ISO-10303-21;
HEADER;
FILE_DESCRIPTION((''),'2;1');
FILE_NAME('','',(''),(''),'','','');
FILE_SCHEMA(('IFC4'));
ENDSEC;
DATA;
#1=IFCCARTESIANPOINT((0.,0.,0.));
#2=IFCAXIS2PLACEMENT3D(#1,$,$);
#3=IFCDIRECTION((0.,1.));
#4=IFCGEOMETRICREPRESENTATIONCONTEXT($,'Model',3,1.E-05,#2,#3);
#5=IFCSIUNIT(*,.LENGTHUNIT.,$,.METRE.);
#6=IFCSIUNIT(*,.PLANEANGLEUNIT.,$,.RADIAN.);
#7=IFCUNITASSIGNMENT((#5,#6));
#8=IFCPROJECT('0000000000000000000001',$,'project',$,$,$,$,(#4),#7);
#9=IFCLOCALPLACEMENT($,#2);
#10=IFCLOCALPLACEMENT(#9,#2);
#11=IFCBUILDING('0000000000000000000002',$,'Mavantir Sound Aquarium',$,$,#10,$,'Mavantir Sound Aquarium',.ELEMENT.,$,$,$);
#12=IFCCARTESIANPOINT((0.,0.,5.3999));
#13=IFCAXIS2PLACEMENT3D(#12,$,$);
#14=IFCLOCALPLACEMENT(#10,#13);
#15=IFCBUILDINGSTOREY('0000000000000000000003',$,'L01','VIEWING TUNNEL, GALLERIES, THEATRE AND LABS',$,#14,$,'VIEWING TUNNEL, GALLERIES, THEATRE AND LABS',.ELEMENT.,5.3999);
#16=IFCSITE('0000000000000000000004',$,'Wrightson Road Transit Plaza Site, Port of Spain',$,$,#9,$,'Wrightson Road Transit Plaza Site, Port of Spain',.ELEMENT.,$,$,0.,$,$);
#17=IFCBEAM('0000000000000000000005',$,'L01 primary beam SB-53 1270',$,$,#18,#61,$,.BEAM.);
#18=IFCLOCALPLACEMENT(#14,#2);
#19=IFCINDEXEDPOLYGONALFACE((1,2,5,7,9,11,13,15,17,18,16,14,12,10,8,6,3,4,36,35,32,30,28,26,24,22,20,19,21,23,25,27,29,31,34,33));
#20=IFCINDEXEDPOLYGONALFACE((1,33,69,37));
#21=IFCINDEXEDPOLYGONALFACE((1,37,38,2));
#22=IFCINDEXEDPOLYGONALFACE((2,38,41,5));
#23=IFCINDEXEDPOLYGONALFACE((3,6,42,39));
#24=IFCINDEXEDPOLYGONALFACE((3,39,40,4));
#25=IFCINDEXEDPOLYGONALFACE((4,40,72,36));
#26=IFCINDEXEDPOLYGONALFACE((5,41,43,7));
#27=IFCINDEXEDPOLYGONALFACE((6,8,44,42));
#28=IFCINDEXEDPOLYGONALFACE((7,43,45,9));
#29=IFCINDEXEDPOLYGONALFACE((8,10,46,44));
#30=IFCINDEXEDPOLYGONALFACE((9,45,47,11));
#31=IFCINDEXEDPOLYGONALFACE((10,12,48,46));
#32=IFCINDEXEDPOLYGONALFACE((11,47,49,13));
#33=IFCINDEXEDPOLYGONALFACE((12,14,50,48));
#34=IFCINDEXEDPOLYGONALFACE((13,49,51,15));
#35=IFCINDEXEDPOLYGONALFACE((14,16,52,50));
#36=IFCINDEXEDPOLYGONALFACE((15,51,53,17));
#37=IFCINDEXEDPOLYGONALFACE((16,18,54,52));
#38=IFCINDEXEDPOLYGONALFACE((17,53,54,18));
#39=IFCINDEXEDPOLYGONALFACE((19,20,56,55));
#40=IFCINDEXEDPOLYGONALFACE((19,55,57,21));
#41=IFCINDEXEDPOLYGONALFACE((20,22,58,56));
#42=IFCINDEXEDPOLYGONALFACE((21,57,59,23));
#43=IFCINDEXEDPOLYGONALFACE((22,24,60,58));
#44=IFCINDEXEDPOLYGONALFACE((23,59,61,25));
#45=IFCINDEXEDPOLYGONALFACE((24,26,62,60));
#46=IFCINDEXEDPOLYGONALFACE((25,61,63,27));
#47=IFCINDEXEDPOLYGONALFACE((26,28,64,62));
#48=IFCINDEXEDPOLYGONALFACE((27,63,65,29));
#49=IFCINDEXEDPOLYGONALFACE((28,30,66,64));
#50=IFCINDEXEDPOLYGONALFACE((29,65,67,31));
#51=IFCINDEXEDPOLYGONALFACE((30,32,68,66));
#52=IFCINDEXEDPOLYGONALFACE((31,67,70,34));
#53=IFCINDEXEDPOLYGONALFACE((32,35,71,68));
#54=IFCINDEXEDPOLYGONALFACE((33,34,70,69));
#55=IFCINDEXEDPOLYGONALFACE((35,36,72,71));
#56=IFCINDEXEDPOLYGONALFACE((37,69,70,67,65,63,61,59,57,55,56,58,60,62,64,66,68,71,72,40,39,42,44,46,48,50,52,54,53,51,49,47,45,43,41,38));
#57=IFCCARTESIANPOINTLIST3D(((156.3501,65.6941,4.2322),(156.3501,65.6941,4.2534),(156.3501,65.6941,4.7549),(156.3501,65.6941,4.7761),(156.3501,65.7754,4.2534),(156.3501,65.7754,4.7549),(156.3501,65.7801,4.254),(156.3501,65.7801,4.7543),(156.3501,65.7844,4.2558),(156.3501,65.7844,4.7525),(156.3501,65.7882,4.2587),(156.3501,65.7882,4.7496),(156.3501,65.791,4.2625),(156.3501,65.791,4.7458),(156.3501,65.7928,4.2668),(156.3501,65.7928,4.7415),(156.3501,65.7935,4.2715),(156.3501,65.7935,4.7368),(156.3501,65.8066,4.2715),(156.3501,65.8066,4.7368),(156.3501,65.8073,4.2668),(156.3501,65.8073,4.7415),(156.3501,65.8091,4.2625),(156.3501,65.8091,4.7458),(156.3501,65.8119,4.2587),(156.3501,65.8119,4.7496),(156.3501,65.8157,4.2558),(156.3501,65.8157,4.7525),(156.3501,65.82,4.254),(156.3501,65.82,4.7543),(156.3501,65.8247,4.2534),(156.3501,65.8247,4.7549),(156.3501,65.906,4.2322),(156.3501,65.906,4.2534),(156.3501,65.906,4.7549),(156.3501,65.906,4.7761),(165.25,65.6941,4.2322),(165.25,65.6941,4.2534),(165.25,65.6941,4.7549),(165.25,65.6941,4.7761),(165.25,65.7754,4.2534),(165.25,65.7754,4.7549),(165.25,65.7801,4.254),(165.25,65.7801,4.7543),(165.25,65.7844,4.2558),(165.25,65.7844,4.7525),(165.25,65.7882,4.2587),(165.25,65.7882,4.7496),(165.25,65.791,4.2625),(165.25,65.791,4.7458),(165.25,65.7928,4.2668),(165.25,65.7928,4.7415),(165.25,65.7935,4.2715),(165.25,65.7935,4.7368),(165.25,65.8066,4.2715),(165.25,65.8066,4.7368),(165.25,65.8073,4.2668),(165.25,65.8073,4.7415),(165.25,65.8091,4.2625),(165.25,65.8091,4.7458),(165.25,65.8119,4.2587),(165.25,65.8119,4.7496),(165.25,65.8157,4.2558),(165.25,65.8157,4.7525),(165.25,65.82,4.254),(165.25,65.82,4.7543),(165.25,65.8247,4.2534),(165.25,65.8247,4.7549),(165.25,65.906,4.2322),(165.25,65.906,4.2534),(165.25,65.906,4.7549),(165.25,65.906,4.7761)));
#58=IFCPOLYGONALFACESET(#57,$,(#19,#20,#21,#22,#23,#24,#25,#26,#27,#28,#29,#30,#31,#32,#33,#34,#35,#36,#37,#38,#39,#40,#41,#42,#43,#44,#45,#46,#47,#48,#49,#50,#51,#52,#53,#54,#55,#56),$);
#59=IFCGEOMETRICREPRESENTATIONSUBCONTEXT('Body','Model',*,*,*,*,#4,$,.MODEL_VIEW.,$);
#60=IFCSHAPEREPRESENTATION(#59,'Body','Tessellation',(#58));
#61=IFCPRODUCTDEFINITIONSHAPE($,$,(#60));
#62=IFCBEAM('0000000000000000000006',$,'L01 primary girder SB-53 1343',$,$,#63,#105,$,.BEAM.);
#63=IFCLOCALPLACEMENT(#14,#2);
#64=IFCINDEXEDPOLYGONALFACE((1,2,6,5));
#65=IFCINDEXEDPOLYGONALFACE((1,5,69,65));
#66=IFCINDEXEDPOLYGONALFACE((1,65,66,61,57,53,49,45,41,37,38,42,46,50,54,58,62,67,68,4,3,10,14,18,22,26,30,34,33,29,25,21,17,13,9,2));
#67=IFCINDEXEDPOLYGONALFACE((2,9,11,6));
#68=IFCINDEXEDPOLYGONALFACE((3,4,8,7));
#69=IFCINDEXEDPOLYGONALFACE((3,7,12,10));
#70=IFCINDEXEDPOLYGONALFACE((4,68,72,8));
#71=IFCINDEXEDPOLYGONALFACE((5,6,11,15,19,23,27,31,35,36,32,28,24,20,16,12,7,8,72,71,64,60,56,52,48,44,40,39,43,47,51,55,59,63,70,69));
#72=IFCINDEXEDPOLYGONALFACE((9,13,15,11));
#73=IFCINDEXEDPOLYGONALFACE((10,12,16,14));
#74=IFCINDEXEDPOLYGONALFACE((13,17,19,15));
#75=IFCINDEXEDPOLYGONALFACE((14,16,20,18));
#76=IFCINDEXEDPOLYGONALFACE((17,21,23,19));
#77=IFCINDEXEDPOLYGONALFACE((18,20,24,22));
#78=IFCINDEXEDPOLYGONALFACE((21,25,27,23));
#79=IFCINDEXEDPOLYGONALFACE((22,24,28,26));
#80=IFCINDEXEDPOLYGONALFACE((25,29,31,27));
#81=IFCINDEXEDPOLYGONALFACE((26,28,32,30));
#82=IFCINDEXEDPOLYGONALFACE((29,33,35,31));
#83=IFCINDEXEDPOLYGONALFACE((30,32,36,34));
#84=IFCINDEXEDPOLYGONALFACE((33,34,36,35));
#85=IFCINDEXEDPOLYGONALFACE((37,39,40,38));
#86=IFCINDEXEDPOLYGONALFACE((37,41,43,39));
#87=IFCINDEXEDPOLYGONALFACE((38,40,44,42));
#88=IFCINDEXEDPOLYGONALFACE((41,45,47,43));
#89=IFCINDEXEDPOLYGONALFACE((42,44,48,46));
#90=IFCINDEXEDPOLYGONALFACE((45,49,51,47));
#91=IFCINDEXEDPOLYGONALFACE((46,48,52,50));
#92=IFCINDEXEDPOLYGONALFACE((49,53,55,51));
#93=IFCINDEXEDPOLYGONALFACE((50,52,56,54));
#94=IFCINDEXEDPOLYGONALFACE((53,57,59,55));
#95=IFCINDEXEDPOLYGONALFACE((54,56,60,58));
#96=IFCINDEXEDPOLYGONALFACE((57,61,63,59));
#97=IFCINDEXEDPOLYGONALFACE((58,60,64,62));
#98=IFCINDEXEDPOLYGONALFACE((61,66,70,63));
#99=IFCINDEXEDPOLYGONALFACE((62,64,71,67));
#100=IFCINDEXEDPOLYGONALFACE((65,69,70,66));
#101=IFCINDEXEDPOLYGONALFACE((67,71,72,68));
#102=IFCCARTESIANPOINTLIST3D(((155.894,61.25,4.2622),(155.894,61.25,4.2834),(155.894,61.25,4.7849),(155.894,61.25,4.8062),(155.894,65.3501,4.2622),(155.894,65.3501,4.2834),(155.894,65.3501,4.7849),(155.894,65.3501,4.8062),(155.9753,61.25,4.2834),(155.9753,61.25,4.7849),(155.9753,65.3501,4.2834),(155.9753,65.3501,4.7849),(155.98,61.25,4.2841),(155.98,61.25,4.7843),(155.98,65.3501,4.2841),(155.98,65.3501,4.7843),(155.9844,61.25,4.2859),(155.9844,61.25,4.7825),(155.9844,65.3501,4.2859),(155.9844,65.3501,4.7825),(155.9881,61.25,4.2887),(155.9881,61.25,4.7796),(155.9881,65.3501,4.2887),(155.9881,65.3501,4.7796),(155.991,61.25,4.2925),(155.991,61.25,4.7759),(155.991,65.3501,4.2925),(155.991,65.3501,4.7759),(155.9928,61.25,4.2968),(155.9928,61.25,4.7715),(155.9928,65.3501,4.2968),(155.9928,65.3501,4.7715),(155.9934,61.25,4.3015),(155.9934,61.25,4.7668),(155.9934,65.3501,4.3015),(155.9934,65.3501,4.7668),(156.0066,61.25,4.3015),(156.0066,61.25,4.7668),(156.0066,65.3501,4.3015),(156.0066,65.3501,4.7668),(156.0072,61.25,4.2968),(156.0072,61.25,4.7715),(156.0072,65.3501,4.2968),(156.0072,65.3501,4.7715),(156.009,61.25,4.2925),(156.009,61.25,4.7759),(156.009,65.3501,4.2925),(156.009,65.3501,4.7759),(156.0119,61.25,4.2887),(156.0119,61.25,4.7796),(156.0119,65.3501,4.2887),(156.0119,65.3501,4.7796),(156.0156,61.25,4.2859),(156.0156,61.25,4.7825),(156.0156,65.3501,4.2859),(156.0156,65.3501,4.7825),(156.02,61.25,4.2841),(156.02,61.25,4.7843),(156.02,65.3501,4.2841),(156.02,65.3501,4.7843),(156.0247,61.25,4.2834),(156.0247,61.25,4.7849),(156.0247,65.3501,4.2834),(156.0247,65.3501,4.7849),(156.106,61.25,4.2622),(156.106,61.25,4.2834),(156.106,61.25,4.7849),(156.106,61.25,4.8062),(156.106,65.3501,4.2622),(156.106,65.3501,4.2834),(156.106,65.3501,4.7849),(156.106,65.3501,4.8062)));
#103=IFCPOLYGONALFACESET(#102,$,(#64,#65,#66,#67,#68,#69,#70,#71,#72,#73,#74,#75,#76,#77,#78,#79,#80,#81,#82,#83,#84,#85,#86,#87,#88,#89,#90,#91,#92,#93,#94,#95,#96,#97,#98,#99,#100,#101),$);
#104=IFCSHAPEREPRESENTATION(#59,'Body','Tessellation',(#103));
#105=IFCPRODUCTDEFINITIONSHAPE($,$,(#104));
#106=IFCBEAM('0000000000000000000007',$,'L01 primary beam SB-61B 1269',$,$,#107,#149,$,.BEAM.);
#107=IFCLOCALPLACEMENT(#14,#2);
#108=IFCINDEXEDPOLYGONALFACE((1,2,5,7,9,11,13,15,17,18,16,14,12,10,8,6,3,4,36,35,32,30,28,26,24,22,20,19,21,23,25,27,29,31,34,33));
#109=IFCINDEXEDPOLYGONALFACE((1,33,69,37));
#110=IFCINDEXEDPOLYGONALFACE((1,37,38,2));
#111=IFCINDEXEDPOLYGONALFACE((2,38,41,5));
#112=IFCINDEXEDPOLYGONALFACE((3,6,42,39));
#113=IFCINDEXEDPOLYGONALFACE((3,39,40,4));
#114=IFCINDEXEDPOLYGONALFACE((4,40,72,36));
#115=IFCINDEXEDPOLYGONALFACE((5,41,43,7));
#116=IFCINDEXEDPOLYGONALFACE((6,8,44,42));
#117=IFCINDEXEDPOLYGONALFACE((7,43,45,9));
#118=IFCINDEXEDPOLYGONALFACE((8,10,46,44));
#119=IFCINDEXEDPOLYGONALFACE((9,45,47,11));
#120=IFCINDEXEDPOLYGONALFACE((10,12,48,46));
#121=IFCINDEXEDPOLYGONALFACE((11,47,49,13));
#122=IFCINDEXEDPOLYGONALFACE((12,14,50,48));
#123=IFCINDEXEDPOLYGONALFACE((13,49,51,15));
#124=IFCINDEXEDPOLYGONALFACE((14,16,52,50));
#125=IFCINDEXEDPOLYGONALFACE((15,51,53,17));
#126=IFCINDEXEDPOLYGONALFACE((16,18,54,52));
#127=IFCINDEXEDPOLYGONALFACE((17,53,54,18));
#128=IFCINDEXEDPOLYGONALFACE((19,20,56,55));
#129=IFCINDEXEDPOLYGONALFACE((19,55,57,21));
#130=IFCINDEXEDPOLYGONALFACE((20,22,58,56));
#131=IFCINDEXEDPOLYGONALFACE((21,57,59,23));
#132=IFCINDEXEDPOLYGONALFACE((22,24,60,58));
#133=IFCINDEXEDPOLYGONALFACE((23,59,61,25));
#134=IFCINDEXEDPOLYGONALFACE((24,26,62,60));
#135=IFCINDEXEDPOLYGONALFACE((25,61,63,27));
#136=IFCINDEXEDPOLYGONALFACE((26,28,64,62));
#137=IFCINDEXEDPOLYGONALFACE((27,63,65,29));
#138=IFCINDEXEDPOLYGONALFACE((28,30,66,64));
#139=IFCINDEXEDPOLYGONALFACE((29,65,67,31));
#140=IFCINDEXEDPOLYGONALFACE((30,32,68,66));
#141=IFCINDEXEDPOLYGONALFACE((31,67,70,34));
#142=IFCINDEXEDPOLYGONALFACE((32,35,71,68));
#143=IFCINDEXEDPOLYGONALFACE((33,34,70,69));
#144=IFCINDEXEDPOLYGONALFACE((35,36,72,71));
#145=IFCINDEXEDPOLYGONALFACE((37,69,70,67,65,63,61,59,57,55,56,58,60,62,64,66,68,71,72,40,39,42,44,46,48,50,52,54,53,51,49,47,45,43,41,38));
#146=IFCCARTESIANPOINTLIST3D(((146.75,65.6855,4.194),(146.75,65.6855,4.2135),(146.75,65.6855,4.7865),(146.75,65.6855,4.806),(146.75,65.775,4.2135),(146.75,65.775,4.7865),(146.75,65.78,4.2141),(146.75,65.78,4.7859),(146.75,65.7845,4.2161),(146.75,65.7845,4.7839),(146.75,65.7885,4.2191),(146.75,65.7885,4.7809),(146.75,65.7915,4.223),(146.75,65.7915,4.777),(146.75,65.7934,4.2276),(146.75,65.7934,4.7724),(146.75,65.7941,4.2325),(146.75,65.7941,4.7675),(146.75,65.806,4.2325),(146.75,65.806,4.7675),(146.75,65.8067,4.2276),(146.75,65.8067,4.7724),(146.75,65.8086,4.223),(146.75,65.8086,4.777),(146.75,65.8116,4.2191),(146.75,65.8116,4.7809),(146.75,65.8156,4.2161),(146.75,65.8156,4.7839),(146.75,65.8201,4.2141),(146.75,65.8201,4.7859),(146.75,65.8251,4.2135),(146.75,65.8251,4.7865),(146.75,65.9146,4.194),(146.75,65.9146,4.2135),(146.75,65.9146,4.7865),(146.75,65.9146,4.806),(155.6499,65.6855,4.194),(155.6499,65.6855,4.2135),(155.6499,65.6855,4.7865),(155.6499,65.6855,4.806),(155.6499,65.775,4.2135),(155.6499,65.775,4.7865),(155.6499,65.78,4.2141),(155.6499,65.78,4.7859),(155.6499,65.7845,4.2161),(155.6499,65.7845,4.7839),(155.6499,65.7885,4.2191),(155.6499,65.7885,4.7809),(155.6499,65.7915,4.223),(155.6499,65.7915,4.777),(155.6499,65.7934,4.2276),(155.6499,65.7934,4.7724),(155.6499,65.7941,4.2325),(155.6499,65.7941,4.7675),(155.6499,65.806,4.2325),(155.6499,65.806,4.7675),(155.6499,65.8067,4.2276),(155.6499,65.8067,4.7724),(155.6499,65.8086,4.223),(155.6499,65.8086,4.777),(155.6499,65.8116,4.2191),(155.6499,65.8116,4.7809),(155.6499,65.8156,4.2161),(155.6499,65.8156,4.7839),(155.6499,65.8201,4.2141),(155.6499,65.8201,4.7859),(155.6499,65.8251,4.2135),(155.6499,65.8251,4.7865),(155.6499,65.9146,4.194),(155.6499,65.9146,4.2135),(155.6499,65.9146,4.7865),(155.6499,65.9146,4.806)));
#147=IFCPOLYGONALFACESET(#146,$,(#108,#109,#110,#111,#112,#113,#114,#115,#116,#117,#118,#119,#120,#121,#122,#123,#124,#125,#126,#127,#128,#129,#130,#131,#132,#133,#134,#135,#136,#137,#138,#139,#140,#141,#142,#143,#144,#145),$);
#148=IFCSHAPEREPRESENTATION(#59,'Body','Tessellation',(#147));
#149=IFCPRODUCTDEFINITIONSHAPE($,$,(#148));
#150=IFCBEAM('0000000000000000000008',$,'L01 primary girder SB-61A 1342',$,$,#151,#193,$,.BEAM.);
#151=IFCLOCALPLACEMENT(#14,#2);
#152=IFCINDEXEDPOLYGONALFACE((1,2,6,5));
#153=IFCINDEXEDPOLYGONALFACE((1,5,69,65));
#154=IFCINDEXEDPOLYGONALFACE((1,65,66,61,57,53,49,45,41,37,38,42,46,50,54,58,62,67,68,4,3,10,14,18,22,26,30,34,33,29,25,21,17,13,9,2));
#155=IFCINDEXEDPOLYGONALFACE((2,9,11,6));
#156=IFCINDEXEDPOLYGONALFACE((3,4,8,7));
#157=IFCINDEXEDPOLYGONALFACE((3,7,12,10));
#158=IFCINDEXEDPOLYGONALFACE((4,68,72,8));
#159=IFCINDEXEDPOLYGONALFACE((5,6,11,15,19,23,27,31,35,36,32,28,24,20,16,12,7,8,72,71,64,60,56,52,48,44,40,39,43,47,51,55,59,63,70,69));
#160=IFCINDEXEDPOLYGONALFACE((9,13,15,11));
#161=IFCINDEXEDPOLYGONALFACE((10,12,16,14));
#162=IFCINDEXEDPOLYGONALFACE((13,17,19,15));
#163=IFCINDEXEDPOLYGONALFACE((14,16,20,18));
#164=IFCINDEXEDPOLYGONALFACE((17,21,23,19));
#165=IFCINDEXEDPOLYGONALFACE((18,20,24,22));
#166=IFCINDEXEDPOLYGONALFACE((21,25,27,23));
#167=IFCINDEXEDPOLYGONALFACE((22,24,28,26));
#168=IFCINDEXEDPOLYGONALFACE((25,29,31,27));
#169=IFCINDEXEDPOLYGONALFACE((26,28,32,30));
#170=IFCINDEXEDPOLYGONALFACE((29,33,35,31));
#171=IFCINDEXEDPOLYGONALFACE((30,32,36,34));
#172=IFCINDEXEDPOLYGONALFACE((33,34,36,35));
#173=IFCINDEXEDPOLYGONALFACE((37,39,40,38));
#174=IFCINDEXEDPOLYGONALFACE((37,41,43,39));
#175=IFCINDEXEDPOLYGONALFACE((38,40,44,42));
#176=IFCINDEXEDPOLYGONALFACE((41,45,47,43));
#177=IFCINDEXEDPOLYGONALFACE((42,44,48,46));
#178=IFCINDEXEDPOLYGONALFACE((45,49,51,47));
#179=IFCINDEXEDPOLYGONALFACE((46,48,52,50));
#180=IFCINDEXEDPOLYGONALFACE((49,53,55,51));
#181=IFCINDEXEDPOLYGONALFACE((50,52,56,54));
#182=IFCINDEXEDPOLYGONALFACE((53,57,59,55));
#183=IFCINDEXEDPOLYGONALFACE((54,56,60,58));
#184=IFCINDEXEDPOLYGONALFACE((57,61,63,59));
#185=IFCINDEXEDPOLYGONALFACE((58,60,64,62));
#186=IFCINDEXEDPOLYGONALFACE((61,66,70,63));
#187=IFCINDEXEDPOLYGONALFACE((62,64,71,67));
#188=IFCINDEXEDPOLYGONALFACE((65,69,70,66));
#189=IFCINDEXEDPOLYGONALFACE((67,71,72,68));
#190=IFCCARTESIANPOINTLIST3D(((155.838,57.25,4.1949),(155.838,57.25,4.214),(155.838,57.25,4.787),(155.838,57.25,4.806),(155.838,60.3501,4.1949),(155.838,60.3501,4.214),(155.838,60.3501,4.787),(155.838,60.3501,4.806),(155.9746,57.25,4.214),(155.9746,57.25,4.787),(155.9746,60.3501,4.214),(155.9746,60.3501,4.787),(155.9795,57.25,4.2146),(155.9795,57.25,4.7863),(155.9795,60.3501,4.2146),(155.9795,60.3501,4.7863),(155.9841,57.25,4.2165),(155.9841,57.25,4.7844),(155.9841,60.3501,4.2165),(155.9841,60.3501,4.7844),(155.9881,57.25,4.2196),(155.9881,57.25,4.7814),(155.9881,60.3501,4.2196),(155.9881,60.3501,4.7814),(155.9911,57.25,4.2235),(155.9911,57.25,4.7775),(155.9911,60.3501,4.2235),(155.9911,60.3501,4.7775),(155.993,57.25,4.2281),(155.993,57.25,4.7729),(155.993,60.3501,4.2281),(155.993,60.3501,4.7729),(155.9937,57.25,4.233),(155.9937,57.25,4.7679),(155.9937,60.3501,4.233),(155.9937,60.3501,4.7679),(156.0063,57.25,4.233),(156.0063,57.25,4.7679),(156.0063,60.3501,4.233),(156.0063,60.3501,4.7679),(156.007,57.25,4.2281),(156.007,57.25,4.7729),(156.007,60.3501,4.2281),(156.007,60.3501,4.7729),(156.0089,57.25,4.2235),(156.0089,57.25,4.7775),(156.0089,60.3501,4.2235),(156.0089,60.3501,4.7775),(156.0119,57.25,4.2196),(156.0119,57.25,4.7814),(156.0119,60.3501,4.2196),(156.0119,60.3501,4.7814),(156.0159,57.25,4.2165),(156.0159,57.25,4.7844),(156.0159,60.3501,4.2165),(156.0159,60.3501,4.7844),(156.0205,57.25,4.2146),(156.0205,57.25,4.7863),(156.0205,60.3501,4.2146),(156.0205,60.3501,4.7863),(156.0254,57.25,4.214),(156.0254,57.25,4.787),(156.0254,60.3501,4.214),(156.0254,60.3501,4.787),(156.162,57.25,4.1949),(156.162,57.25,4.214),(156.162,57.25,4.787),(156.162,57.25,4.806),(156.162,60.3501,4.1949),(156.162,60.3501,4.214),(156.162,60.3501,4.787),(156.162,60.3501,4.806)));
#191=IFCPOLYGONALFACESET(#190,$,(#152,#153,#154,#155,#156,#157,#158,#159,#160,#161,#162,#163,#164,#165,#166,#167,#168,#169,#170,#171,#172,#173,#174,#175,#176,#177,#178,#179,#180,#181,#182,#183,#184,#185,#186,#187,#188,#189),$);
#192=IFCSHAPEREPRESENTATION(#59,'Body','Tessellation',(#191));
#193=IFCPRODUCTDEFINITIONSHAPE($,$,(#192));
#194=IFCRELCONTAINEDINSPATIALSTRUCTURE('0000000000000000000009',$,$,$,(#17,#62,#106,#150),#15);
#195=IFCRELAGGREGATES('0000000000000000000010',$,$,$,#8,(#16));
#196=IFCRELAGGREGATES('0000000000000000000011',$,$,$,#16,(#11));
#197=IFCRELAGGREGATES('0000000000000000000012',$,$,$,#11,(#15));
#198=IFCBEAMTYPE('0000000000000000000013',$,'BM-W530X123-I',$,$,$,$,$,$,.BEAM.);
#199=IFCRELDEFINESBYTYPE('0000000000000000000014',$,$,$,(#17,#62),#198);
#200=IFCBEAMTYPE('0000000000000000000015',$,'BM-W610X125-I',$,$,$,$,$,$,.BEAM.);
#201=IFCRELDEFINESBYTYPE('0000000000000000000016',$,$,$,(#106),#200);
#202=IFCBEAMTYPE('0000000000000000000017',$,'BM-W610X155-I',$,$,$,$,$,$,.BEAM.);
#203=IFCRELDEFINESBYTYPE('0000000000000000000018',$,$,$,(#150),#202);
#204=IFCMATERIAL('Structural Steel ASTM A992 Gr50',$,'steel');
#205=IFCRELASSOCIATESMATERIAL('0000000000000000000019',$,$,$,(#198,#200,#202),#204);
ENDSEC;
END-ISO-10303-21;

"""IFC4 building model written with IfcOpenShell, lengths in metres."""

from ifc_helpers import new_model, si_unit, direction, frame, origin, origin_2d, place, context, subcontext, project, spatial, i_section, extrude, material, material_profile, profile_set, type_object, element, save


model = new_model("IFC4")

# Units and contexts
model_context = context("Model", 3, precision=1e-05, world=origin(), true_north=direction((0.0, 1.0)))
body_context = subcontext(model_context, "Body", "Model", "MODEL_VIEW")
ifc_project = project(units=[si_unit("LENGTHUNIT", "METRE"), si_unit("PLANEANGLEUNIT", "RADIAN")], contexts=[model_context])

# Site, building, storey
site_placement = place(None, origin())
site = spatial("IfcSite", under=ifc_project, at=site_placement, Name="Wrightson Road Transit Plaza Site, Port of Spain", LongName="Wrightson Road Transit Plaza Site, Port of Spain", CompositionType="ELEMENT", RefElevation=0.0)
building_placement = place(site_placement, origin())
building = spatial("IfcBuilding", under=site, at=building_placement, Name="Mavantir Sound Aquarium", LongName="Mavantir Sound Aquarium", CompositionType="ELEMENT")
storey_placement = place(building_placement, frame((0.0, 0.0, 5.3999)))
storey = spatial("IfcBuildingStorey", under=building, at=storey_placement, Name="L01", Description="VIEWING TUNNEL, GALLERIES, THEATRE AND LABS", LongName="VIEWING TUNNEL, GALLERIES, THEATRE AND LABS", CompositionType="ELEMENT", Elevation=5.3999)

# Beams
ifc_material_1 = material(Name="Structural Steel ASTM A992 Gr50", Category="steel")
ifc_material_profile_1 = material_profile(ifc_material_1, i_section(OverallWidth=0.2119, OverallDepth=0.5439, WebThickness=0.0132, FlangeThickness=0.0212, FilletRadius=0.0181, at=origin_2d()), Name="W530X123")
ifc_profile_set_1 = profile_set([ifc_material_profile_1], Name="Structural Steel ASTM A992 Gr50")
beam_type_1 = type_object("IfcBeamType", Name="BM-W530X123-I", PredefinedType="BEAM", material=ifc_profile_set_1)
for number, where, z_axis, x_axis, name in (
    (1, (156.3501, 65.8, 4.5042), (1.0, 0.0, 0.0), (0.0, 1.0, 0.0), "L01 primary beam SB-53 1270"),
):
    element("IfcBeam", number, at=place(storey_placement, frame(where, z_axis=z_axis, x_axis=x_axis)), inside=storey, type_object=beam_type_1, Name=name, PredefinedType="BEAM", context=body_context, shape_type="SweptSolid", body=[
        extrude(i_section(OverallWidth=0.2119, OverallDepth=0.5439, WebThickness=0.0132, FlangeThickness=0.0212, FilletRadius=0.0181, at=origin_2d()), origin(), (0.0, 0.0, 1.0), 8.8999),
    ])
beam_1_placement = place(storey_placement, frame((156.0, 61.25, 4.5342), z_axis=(0.0, 1.0, 0.0), x_axis=(-1.0, 0.0, 0.0)))
element("IfcBeam", 2, at=beam_1_placement, inside=storey, type_object=beam_type_1, Name="L01 primary girder SB-53 1343", PredefinedType="BEAM", context=body_context, shape_type="SweptSolid", body=[
    extrude(i_section(OverallWidth=0.2119, OverallDepth=0.5439, WebThickness=0.0132, FlangeThickness=0.0212, FilletRadius=0.0181, at=origin_2d()), origin(), (0.0, 0.0, 1.0), 4.1001),
])
ifc_material_profile_2 = material_profile(ifc_material_1, i_section(OverallWidth=0.229, OverallDepth=0.6121, WebThickness=0.012, FlangeThickness=0.0195, FilletRadius=0.019, at=origin_2d()), Name="W610X125")
ifc_profile_set_2 = profile_set([ifc_material_profile_2], Name="Structural Steel ASTM A992 Gr50")
beam_type_2 = type_object("IfcBeamType", Name="BM-W610X125-I", PredefinedType="BEAM", material=ifc_profile_set_2)
beam_2_placement = place(storey_placement, frame((146.75, 65.8, 4.5), z_axis=(1.0, 0.0, 0.0), x_axis=(0.0, 1.0, 0.0)))
element("IfcBeam", 3, at=beam_2_placement, inside=storey, type_object=beam_type_2, Name="L01 primary beam SB-61B 1269", PredefinedType="BEAM", context=body_context, shape_type="SweptSolid", body=[
    extrude(i_section(OverallWidth=0.229, OverallDepth=0.6121, WebThickness=0.012, FlangeThickness=0.0195, FilletRadius=0.019, at=origin_2d()), origin(), (0.0, 0.0, 1.0), 8.8999),
])
ifc_material_profile_3 = material_profile(ifc_material_1, i_section(OverallWidth=0.324, OverallDepth=0.6111, WebThickness=0.0127, FlangeThickness=0.019, FilletRadius=0.019, at=origin_2d()), Name="W610X155")
ifc_profile_set_3 = profile_set([ifc_material_profile_3], Name="Structural Steel ASTM A992 Gr50")
beam_type_3 = type_object("IfcBeamType", Name="BM-W610X155-I", PredefinedType="BEAM", material=ifc_profile_set_3)
beam_3_placement = place(storey_placement, frame((156.0, 57.25, 4.5005), z_axis=(0.0, 1.0, 0.0), x_axis=(-1.0, 0.0, 0.0)))
element("IfcBeam", 4, at=beam_3_placement, inside=storey, type_object=beam_type_3, Name="L01 primary girder SB-61A 1342", PredefinedType="BEAM", context=body_context, shape_type="SweptSolid", body=[
    extrude(i_section(OverallWidth=0.324, OverallDepth=0.6111, WebThickness=0.0127, FlangeThickness=0.019, FilletRadius=0.019, at=origin_2d()), origin(), (0.0, 0.0, 1.0), 3.1001),
])

save(model, "model.ifc")
